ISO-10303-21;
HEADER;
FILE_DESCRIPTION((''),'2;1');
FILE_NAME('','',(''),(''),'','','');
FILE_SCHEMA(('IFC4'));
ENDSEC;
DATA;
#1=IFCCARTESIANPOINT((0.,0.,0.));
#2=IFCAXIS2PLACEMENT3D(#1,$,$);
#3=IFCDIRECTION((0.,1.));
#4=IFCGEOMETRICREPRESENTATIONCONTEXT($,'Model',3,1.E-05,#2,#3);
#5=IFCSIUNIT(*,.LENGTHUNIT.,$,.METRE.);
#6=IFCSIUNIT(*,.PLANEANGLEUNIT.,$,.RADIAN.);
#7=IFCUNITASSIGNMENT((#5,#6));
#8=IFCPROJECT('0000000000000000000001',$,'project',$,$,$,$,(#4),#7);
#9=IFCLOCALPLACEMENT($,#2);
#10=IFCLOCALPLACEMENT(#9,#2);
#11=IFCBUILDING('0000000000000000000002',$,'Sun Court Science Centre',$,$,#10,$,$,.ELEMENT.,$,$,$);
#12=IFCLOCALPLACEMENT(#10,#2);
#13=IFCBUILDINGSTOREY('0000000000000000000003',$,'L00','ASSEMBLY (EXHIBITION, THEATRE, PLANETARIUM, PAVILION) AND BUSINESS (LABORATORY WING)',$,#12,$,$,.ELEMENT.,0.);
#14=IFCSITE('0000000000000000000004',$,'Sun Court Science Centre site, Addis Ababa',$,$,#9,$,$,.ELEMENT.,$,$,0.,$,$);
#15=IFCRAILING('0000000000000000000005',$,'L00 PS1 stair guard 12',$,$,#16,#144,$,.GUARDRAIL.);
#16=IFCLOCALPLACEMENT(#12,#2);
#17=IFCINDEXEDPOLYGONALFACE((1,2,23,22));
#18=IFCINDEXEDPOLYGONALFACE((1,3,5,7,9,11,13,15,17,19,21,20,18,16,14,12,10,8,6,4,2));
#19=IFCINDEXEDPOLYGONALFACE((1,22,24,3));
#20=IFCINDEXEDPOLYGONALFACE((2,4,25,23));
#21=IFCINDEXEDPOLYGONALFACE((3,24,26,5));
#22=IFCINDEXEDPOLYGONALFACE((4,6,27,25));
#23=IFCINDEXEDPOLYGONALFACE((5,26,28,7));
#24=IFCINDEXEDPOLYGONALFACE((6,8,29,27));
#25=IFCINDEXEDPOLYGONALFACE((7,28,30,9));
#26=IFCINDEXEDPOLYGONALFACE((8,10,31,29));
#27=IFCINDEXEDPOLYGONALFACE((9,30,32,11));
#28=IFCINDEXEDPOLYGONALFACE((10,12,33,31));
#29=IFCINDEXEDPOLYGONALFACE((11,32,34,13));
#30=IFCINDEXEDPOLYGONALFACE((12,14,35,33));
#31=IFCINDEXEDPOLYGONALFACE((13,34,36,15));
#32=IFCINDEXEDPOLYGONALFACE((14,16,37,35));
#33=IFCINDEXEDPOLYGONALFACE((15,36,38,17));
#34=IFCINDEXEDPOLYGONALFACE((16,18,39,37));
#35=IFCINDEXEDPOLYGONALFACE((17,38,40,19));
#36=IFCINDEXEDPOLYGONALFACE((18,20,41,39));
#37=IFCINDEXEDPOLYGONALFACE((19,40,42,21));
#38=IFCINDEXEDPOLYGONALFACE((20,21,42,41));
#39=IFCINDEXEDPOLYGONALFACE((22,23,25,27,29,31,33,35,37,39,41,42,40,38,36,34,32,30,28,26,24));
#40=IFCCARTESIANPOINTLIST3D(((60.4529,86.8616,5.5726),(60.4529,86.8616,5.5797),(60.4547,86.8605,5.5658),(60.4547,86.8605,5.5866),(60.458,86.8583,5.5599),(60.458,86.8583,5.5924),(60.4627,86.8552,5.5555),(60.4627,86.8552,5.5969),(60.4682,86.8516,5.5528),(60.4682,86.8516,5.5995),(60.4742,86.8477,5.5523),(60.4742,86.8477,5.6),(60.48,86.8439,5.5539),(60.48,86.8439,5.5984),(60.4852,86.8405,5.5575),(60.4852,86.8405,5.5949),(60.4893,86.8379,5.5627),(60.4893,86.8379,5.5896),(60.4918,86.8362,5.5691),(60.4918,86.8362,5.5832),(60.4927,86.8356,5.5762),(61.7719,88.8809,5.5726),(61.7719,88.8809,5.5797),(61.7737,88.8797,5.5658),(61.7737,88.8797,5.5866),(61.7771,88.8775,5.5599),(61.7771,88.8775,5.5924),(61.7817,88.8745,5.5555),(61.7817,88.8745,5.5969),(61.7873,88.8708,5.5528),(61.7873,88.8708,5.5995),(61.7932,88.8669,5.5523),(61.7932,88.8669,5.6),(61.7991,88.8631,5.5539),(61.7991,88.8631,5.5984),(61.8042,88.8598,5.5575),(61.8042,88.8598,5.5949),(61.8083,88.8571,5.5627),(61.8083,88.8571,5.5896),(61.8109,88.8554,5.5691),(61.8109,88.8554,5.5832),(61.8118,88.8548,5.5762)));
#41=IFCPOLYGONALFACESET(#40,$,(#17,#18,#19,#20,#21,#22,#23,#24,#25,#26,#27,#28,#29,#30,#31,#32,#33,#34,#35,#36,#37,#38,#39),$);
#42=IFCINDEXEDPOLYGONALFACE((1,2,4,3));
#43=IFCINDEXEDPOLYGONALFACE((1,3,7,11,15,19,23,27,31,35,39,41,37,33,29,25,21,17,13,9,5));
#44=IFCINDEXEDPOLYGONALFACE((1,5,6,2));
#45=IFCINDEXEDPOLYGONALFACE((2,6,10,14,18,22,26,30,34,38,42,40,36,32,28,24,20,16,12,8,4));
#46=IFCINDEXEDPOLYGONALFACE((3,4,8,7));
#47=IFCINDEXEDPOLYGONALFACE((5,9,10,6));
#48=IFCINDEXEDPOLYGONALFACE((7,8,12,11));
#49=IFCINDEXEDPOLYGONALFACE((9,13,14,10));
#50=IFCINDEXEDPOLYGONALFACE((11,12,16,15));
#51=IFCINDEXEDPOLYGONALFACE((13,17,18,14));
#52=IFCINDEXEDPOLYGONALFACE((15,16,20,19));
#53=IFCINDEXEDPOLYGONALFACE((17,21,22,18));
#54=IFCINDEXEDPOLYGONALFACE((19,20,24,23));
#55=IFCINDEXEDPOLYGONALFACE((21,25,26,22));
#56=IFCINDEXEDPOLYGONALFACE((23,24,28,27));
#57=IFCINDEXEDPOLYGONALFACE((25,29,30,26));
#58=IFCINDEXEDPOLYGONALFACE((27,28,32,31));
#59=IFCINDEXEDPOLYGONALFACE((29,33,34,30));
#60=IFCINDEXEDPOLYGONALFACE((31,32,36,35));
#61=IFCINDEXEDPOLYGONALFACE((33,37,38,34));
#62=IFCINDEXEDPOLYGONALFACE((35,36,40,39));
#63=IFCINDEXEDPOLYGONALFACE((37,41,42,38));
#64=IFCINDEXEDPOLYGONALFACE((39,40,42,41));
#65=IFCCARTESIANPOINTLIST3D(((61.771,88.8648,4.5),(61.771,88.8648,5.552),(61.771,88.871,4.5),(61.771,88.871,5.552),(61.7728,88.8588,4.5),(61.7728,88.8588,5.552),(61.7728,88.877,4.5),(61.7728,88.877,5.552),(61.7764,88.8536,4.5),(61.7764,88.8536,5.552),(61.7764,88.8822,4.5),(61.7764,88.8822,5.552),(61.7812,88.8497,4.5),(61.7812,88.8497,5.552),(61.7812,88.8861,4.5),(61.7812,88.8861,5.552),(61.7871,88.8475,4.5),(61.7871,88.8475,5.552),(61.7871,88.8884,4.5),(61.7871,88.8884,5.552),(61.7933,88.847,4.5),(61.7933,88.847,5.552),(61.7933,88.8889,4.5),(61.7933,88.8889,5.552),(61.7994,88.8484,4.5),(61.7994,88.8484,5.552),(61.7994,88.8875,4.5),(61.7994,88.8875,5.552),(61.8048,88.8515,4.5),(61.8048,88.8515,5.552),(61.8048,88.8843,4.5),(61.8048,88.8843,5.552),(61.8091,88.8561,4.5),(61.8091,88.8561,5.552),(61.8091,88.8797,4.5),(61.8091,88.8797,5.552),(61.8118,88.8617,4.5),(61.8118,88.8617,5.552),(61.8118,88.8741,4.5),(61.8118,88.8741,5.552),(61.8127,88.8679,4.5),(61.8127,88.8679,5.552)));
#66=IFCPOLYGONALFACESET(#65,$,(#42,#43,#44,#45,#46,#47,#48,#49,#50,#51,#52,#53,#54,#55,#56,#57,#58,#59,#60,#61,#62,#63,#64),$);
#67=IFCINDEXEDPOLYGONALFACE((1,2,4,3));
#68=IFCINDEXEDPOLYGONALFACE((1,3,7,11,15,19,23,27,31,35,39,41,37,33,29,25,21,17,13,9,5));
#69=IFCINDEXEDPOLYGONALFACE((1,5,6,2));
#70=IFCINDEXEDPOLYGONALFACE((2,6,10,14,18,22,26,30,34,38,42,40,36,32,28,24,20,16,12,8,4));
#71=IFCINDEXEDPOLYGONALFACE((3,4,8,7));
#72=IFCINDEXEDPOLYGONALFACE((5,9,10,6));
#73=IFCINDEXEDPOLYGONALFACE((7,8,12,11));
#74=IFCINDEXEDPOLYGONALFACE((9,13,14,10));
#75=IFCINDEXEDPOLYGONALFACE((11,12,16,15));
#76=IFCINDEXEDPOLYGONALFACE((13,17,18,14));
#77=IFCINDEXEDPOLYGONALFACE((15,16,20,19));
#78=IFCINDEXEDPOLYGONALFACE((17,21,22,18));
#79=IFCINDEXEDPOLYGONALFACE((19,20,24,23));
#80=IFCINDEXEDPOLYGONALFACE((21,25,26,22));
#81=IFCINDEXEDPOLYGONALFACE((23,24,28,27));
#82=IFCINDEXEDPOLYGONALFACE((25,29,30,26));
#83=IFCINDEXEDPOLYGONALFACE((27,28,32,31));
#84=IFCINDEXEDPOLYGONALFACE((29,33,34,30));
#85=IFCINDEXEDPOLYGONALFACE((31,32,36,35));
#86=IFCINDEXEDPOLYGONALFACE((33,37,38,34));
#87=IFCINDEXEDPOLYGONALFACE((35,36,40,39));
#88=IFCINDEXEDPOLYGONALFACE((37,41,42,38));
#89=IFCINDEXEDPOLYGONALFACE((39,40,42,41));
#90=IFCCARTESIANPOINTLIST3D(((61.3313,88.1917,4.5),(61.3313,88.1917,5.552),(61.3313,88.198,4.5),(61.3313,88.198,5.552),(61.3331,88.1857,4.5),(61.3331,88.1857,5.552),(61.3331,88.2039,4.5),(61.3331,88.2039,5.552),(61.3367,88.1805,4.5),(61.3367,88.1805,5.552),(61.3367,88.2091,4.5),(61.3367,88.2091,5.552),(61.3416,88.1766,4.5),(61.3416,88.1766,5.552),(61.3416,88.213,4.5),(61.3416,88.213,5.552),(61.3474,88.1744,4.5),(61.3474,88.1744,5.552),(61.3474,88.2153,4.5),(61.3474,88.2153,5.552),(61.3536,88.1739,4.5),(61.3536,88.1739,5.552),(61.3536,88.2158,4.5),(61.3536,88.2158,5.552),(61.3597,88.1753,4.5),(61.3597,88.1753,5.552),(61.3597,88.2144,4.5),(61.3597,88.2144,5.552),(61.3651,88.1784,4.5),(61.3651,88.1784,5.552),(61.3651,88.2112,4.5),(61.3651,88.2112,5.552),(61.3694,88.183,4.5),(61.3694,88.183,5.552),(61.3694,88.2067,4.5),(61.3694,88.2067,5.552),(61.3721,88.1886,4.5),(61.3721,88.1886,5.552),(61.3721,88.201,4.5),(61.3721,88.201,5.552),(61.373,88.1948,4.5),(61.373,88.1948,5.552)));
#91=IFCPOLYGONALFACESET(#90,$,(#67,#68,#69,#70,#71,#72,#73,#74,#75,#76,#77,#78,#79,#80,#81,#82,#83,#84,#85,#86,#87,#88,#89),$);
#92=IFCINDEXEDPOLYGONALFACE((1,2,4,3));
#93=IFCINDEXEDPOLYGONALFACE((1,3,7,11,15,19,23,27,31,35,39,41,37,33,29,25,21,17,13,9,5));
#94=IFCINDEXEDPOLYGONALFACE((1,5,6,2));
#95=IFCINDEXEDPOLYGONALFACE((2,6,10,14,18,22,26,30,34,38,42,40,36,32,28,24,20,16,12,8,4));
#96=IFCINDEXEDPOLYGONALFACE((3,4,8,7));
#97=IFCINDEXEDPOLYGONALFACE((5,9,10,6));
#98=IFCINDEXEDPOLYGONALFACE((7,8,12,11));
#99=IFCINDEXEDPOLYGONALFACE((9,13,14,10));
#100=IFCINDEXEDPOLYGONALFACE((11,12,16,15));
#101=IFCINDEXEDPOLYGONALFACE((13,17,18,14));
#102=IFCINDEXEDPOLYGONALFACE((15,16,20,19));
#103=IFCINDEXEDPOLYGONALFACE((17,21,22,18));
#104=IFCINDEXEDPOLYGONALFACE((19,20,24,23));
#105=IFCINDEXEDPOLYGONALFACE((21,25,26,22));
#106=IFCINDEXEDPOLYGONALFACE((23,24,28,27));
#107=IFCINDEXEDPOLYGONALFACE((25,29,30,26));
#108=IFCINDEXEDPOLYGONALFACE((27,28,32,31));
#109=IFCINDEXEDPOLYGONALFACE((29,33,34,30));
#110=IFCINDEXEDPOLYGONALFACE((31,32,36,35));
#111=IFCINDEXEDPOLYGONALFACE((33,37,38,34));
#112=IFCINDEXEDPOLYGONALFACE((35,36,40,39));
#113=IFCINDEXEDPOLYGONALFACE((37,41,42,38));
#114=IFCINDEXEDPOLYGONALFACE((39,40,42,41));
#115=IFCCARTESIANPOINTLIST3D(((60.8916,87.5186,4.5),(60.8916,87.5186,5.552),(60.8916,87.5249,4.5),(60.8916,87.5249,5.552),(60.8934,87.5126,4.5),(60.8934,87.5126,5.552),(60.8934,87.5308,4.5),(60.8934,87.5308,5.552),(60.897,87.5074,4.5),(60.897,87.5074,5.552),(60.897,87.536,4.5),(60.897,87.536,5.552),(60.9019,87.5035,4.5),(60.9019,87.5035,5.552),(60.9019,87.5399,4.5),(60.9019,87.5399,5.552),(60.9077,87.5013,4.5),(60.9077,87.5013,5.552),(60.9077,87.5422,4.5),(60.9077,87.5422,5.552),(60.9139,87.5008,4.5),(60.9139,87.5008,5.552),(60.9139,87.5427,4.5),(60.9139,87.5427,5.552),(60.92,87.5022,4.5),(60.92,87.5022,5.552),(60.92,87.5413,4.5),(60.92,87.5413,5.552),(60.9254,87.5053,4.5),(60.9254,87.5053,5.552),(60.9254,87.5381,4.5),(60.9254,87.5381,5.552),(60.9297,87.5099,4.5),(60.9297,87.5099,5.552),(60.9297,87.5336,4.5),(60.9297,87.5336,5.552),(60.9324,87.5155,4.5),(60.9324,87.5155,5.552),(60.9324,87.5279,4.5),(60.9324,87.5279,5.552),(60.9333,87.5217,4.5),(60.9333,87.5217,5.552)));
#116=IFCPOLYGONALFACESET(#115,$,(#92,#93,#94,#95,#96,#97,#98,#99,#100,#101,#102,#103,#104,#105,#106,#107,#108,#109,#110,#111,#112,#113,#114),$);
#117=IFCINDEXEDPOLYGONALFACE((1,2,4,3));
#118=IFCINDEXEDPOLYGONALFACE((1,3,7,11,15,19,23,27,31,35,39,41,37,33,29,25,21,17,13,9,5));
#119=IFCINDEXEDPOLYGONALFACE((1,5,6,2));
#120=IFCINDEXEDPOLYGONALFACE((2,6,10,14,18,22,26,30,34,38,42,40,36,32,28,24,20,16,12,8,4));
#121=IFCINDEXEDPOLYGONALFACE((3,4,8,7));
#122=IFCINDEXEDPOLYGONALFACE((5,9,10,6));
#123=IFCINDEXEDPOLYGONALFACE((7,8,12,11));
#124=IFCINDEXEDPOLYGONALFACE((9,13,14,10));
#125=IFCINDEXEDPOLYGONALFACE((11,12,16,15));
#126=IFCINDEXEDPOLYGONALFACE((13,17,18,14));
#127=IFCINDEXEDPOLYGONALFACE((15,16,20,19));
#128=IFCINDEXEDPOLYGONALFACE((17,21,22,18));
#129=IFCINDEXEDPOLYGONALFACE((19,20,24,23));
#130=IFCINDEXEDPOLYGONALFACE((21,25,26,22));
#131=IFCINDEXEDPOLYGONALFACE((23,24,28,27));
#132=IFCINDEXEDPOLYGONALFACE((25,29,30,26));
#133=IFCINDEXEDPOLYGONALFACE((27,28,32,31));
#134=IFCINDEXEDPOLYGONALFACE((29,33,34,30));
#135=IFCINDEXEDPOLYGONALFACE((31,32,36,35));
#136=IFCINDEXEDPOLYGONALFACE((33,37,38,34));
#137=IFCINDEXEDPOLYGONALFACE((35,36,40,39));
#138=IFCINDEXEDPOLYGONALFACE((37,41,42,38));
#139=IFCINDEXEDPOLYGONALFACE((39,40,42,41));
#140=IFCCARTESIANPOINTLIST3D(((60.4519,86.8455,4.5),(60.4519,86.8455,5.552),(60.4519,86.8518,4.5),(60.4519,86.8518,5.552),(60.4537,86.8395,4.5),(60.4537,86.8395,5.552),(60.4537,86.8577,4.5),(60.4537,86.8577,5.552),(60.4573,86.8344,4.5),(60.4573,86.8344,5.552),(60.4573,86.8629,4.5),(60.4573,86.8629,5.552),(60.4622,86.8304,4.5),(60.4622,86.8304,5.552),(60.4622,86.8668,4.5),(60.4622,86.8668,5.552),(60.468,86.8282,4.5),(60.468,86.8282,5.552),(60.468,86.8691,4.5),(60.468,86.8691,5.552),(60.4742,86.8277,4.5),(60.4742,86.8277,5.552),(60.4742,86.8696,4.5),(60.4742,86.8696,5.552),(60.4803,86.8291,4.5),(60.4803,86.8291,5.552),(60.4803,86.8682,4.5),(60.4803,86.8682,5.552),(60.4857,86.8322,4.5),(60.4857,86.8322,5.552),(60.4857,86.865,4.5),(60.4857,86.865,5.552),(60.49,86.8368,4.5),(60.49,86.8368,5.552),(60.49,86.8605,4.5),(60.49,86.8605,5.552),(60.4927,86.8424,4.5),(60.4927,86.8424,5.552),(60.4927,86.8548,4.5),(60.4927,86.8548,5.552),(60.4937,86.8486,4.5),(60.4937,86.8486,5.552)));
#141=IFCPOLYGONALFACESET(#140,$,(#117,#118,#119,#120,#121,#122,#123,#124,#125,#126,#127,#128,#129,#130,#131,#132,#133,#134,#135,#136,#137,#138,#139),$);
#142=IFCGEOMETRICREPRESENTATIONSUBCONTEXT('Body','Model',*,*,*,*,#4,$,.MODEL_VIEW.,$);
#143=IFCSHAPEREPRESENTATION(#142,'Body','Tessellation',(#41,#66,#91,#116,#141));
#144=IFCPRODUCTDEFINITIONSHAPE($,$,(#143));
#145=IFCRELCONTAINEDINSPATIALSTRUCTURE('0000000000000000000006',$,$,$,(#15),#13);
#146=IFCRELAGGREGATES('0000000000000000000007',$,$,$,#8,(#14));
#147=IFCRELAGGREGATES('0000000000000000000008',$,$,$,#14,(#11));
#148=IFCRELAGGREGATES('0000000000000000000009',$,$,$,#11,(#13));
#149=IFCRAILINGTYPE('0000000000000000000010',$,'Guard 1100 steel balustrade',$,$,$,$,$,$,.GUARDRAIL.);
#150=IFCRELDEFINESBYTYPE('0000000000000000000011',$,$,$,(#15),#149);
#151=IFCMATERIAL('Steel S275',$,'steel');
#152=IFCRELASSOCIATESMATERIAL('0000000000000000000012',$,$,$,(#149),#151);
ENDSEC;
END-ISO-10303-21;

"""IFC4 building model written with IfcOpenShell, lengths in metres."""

from ifc_helpers import new_model, si_unit, direction, frame, origin, origin_2d, place, context, subcontext, project, spatial, circle, extrude, material, type_object, element, save


model = new_model("IFC4")

# Units and contexts
model_context = context("Model", 3, precision=1e-05, world=origin(), true_north=direction((0.0, 1.0)))
body_context = subcontext(model_context, "Body", "Model", "MODEL_VIEW")
ifc_project = project(units=[si_unit("LENGTHUNIT", "METRE"), si_unit("PLANEANGLEUNIT", "RADIAN")], contexts=[model_context])

# Site, building, storey
site_placement = place(None, origin())
site = spatial("IfcSite", under=ifc_project, at=site_placement, Name="Sun Court Science Centre site, Addis Ababa", CompositionType="ELEMENT", RefElevation=0.0)
building_placement = place(site_placement, origin())
building = spatial("IfcBuilding", under=site, at=building_placement, Name="Sun Court Science Centre", CompositionType="ELEMENT")
storey_placement = place(building_placement, origin())
storey = spatial("IfcBuildingStorey", under=building, at=storey_placement, Name="L00", Description="ASSEMBLY (EXHIBITION, THEATRE, PLANETARIUM, PAVILION) AND BUSINESS (LABORATORY WING)", CompositionType="ELEMENT", Elevation=0.0)

# Railing
ifc_material_1 = material(Name="Steel S275", Category="steel")
railing_type_1 = type_object("IfcRailingType", Name="Guard 1100 steel balustrade", PredefinedType="GUARDRAIL", material=ifc_material_1)
railing_1_placement = place(storey_placement, frame((61.7917, 88.8679, 4.5)))
element("IfcRailing", 1, at=railing_1_placement, inside=storey, type_object=railing_type_1, Name="L00 PS1 stair guard 12", PredefinedType="GUARDRAIL", context=body_context, shape_type="SweptSolid", body=[
    extrude(circle(Radius=0.0239, at=origin_2d()), frame((0.0, 0.0, 1.0762), z_axis=(-0.546898, -0.8372, 0.0), x_axis=(0.8372, -0.546898, 0.0)), (0.0, 0.0, 1.0), 2.4119),
    extrude(circle(Radius=0.021, at=origin_2d()), origin(), (0.0, 0.0, 1.0), 1.052),
    extrude(circle(Radius=0.021, at=origin_2d()), frame((-0.4397, -0.6731, 0.0)), (0.0, 0.0, 1.0), 1.052),
    extrude(circle(Radius=0.021, at=origin_2d()), frame((-0.8794, -1.3462, 0.0)), (0.0, 0.0, 1.0), 1.052),
    extrude(circle(Radius=0.021, at=origin_2d()), frame((-1.3191, -2.0193, 0.0)), (0.0, 0.0, 1.0), 1.052),
])

save(model, "model.ifc")
